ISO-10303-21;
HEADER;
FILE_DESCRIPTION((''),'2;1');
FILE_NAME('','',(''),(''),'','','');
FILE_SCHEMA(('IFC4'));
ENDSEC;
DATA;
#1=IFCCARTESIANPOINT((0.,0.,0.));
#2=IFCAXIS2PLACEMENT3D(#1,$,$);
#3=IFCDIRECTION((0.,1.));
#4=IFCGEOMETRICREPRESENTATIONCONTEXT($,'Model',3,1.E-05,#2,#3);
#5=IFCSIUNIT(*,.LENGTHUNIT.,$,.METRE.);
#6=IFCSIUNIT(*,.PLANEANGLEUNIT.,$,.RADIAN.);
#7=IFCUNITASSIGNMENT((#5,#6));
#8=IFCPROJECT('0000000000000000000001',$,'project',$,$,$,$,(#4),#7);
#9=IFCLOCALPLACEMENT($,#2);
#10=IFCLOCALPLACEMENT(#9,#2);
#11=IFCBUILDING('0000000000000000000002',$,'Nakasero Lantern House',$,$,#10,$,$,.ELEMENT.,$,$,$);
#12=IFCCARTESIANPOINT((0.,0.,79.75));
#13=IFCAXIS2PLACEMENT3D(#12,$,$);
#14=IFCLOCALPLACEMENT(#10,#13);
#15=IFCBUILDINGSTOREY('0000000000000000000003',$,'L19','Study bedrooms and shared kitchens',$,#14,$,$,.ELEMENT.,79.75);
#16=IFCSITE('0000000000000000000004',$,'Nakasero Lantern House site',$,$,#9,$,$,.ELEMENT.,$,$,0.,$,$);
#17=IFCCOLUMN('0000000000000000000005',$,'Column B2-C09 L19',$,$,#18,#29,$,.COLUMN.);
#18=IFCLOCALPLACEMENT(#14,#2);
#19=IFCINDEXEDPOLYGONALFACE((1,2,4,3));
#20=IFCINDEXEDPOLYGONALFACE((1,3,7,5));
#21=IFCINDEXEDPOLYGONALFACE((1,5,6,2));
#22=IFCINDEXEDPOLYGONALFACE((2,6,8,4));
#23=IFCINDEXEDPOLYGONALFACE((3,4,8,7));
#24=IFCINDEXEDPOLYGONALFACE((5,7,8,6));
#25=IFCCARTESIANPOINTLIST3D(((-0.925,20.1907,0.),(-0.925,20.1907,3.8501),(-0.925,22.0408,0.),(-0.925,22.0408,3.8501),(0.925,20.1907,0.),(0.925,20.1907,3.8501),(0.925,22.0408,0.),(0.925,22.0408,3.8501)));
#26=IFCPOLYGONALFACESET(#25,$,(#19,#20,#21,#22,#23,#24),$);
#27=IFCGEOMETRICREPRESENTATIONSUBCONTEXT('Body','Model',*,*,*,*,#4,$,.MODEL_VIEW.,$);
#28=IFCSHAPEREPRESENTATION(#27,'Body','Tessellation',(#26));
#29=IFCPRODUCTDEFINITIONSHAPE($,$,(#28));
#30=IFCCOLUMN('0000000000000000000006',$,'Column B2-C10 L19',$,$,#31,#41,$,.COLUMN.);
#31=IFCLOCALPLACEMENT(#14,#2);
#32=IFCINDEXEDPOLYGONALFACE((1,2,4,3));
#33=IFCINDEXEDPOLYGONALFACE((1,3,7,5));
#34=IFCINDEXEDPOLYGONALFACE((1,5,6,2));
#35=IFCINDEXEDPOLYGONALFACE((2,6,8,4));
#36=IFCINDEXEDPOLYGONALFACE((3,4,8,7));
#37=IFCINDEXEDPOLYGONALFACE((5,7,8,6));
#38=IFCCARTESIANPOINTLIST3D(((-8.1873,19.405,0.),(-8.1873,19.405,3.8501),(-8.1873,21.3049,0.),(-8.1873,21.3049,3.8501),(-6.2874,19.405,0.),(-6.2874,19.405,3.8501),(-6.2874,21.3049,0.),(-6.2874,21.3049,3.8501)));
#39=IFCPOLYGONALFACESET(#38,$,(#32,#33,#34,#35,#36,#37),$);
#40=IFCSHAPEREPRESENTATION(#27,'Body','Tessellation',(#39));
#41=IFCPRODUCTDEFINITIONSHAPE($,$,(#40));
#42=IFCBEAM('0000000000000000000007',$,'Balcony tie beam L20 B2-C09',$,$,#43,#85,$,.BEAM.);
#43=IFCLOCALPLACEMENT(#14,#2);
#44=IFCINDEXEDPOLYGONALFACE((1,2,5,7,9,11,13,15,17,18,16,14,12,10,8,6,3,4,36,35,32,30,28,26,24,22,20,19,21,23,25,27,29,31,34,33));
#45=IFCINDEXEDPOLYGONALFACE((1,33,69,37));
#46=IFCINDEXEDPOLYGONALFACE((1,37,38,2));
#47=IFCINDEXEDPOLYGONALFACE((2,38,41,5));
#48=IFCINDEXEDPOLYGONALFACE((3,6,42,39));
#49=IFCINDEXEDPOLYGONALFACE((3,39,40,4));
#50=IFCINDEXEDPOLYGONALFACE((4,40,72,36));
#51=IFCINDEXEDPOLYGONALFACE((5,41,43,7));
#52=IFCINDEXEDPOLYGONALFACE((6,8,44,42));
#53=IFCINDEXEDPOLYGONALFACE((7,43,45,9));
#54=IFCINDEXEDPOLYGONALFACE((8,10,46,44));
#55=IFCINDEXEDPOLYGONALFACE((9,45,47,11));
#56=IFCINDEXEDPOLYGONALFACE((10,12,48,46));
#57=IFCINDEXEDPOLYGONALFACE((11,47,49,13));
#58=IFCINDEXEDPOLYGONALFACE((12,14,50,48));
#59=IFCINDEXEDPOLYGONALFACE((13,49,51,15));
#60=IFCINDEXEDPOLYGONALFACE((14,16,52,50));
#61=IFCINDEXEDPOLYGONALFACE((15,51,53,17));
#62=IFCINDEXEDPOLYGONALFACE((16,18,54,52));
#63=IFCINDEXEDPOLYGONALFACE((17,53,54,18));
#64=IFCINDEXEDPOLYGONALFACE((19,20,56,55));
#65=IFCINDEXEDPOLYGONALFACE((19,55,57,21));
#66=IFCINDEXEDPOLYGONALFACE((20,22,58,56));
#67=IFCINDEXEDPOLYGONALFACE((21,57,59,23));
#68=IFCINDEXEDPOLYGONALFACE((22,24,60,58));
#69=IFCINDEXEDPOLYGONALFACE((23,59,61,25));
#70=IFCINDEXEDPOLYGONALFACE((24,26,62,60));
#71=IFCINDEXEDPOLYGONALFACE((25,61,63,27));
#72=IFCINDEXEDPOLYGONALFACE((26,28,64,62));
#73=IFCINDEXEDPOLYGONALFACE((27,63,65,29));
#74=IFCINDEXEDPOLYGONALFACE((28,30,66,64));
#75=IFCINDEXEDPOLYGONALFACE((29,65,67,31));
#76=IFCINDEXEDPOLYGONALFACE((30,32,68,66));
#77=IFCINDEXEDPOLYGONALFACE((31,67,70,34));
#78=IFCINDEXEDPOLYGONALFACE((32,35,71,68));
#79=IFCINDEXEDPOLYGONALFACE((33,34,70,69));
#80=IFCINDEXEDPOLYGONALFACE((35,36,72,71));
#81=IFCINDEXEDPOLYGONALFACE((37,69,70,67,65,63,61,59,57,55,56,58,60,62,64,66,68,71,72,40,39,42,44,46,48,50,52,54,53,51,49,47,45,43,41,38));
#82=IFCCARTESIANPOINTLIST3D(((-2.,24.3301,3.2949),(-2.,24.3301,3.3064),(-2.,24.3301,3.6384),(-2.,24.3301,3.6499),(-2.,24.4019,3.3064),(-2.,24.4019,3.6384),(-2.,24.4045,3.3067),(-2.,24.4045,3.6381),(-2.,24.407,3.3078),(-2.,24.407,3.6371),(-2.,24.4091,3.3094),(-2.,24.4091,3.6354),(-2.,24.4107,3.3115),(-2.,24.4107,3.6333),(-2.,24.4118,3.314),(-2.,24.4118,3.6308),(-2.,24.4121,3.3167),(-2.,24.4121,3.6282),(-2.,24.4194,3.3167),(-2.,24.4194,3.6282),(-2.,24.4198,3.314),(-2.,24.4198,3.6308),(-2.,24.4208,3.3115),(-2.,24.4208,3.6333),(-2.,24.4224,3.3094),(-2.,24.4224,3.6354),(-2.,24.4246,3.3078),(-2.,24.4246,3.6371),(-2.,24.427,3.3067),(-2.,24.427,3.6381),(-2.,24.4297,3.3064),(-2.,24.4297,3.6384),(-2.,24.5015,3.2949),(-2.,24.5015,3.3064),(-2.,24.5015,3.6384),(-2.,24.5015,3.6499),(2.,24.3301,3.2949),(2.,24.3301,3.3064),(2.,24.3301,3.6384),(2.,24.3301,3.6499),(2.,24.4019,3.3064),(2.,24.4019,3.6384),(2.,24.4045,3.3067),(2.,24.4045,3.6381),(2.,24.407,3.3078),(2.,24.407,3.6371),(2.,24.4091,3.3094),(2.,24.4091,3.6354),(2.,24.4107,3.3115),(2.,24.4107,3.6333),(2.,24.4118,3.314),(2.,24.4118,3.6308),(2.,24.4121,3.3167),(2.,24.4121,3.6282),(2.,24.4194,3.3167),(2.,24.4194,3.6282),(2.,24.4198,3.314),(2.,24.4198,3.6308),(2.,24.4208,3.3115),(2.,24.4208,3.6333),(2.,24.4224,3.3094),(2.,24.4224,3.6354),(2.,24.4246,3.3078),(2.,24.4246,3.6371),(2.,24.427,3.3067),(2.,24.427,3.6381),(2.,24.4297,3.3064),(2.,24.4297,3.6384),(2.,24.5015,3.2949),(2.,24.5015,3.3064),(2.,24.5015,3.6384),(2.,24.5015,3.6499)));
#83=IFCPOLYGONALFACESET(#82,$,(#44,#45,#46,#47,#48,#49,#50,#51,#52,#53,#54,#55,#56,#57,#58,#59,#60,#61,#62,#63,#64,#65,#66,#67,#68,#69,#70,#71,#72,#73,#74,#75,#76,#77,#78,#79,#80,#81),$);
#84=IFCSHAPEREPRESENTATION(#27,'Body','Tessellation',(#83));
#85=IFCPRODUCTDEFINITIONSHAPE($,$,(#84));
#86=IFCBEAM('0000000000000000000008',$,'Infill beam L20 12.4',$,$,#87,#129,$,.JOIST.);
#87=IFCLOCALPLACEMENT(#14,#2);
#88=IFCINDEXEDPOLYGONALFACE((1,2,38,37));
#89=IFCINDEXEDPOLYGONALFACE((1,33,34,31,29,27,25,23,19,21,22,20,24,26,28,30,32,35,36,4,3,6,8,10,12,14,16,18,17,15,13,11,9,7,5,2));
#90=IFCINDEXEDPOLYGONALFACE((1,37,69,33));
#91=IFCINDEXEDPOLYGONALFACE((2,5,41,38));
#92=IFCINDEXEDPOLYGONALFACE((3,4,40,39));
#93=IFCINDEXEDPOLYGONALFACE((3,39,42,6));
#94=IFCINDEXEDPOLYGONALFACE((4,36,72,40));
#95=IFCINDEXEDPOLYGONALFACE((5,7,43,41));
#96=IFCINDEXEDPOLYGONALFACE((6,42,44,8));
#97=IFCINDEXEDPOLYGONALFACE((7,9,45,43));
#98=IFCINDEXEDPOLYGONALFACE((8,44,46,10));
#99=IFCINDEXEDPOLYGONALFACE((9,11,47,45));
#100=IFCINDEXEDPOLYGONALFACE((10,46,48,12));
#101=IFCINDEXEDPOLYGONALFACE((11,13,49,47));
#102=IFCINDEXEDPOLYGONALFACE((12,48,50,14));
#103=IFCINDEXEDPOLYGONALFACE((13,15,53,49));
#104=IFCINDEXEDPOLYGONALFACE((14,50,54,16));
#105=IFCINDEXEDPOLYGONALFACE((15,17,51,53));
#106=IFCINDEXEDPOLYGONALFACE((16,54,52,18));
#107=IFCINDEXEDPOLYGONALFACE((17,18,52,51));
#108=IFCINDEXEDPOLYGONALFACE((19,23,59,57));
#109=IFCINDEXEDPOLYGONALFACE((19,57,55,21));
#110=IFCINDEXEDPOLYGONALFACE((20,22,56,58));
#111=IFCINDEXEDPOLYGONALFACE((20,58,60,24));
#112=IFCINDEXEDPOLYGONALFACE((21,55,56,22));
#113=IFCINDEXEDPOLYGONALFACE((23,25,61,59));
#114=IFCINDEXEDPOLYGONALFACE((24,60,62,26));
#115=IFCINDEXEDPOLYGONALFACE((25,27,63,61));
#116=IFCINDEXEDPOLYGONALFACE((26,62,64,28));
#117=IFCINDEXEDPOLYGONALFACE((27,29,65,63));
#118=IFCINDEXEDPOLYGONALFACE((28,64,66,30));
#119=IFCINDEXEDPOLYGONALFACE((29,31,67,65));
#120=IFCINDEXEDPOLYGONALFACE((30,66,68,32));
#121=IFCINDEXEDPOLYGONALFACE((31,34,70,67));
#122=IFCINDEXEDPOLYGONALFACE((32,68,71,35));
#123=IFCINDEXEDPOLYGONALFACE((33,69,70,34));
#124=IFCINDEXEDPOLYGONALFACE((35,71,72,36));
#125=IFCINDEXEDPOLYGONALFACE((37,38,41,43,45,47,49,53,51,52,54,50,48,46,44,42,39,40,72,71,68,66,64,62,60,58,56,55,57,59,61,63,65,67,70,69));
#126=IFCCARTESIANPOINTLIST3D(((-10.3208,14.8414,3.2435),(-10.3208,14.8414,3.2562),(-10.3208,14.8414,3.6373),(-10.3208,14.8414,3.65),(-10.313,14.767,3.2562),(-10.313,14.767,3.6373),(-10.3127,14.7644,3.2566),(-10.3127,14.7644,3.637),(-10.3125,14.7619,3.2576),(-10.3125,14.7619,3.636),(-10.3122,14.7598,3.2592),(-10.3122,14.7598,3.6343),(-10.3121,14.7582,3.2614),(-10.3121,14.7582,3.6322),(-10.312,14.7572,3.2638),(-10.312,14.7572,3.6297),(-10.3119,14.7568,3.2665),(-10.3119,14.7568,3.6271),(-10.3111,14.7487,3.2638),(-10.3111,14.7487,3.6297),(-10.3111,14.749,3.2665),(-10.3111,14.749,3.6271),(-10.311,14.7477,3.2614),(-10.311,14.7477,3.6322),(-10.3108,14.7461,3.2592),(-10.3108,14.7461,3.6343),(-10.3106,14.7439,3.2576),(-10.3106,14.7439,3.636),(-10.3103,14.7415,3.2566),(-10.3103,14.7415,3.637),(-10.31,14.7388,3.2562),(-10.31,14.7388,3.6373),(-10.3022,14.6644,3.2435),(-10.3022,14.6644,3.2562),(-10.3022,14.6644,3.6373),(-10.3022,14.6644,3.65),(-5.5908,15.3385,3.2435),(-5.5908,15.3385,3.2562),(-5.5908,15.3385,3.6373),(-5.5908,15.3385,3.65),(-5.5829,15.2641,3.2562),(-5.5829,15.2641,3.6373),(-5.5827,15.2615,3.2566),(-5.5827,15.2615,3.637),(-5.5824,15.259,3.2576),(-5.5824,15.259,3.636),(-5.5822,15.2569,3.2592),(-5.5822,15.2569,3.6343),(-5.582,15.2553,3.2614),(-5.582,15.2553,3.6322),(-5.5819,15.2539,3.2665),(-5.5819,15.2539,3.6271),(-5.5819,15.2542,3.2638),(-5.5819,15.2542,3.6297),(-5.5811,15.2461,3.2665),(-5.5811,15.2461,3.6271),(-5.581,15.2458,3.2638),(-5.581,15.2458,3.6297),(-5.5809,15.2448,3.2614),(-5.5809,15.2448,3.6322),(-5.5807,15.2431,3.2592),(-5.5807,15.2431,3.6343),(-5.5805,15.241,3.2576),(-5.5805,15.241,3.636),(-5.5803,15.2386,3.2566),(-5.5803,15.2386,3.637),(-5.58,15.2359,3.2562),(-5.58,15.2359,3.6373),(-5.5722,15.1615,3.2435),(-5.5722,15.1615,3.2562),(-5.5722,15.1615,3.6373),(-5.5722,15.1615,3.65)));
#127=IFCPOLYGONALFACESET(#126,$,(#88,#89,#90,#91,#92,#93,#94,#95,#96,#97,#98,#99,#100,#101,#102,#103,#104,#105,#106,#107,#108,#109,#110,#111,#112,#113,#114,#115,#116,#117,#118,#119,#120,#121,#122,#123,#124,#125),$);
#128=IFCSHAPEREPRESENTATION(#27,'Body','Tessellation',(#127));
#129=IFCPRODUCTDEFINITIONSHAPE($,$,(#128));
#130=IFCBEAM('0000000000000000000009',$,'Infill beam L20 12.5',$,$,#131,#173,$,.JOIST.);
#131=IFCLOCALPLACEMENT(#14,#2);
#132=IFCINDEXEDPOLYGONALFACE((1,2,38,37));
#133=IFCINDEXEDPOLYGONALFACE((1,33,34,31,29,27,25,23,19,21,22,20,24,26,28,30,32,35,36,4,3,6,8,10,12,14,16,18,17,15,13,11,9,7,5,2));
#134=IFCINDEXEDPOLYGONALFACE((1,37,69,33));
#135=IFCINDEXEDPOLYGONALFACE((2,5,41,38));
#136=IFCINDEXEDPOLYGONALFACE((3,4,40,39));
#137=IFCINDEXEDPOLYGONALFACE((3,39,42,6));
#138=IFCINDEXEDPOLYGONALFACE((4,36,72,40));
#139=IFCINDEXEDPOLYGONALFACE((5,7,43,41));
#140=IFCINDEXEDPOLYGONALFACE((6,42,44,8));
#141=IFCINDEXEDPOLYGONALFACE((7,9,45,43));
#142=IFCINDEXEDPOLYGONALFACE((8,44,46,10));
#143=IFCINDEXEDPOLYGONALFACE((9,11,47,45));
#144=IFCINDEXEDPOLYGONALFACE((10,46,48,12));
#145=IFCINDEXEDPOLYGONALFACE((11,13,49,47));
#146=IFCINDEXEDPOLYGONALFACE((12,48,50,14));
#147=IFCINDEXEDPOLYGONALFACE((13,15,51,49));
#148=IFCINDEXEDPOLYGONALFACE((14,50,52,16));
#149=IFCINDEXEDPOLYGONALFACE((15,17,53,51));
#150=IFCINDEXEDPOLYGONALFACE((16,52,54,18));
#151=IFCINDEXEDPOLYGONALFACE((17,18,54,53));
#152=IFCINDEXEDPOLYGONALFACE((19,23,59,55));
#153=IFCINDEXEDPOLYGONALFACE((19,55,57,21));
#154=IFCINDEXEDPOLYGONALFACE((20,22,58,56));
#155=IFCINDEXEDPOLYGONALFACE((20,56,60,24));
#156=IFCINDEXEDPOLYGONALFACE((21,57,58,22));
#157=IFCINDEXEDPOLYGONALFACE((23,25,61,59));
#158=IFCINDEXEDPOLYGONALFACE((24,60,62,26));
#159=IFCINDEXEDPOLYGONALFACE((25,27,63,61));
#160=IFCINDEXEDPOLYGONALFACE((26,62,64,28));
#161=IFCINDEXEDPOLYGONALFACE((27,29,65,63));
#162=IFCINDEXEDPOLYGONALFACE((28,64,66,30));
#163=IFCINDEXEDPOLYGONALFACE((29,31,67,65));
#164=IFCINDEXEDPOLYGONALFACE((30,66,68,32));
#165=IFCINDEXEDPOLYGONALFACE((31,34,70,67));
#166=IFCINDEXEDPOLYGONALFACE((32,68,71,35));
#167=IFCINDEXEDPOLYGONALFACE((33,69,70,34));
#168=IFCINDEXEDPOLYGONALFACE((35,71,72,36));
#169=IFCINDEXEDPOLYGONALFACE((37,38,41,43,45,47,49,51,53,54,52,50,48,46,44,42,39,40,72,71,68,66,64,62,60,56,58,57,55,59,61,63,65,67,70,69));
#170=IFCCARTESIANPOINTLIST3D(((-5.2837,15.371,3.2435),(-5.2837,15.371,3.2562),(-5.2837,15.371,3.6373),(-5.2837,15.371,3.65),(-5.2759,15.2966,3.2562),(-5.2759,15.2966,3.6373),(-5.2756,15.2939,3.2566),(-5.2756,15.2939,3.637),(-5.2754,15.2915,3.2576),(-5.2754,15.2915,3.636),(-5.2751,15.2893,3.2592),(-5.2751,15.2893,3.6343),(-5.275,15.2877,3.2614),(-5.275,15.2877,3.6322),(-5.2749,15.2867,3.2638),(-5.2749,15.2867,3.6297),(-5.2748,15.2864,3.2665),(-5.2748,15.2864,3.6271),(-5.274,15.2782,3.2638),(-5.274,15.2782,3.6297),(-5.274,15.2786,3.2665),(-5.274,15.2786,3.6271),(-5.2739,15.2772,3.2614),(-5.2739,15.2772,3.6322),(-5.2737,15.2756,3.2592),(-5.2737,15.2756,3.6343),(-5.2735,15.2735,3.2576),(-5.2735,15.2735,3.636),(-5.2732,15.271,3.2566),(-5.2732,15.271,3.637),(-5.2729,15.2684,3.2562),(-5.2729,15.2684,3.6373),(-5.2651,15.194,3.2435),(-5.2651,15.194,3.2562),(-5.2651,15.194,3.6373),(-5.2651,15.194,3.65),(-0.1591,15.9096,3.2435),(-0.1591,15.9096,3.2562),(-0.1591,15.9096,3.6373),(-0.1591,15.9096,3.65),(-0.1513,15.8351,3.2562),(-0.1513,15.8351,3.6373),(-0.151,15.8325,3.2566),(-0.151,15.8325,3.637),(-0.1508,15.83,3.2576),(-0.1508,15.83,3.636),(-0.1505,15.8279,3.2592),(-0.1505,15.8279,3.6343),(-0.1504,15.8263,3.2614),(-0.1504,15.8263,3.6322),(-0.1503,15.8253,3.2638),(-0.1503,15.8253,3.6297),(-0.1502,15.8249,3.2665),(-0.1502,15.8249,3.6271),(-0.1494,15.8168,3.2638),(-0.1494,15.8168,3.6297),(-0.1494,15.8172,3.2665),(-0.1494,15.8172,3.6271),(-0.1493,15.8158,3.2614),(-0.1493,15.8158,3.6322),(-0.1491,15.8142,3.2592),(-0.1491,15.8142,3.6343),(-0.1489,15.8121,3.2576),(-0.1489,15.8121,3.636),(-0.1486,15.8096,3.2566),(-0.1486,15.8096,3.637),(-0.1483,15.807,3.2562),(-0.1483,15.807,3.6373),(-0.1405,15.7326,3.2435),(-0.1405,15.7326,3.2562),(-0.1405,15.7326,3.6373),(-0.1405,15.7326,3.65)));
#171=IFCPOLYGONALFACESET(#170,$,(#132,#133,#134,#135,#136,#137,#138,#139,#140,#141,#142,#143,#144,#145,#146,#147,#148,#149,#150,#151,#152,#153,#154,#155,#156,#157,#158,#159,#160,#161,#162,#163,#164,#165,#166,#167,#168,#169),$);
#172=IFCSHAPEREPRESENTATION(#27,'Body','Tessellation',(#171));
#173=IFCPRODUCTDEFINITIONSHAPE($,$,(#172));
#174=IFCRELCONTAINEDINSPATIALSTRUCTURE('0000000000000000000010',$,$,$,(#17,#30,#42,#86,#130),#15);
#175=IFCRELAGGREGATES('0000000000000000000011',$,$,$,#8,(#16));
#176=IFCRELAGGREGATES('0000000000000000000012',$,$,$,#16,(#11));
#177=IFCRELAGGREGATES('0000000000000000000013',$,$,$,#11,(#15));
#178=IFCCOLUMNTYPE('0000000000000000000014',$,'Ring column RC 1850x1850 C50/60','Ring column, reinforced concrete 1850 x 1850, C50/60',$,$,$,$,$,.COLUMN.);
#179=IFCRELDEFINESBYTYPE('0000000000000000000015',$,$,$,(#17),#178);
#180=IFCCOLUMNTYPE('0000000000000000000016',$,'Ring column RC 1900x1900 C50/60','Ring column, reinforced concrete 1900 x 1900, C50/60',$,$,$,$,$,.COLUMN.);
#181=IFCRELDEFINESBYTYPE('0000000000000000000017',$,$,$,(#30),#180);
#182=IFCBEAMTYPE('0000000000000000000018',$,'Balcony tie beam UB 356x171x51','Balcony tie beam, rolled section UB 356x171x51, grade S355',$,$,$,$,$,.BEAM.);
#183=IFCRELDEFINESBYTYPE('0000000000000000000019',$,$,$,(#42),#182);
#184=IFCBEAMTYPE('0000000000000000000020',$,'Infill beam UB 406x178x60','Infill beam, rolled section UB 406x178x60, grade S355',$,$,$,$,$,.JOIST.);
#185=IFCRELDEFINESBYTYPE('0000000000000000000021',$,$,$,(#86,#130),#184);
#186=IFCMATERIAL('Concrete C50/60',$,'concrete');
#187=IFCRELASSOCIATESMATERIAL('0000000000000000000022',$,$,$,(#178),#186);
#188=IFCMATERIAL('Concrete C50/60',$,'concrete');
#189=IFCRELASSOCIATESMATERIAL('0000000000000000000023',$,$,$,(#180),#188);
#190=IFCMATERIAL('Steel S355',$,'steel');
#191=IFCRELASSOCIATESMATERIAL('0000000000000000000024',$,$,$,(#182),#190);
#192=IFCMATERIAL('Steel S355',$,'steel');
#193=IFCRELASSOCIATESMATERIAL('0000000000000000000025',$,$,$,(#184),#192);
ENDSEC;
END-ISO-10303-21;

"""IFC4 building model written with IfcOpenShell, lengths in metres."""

from ifc_helpers import new_model, si_unit, direction, frame, origin, origin_2d, place, context, subcontext, project, spatial, rectangle, i_section, extrude, material, material_profile, profile_set, type_object, element, save


model = new_model("IFC4")

# Units and contexts
model_context = context("Model", 3, precision=1e-05, world=origin(), true_north=direction((0.0, 1.0)))
body_context = subcontext(model_context, "Body", "Model", "MODEL_VIEW")
ifc_project = project(units=[si_unit("LENGTHUNIT", "METRE"), si_unit("PLANEANGLEUNIT", "RADIAN")], contexts=[model_context])

# Site, building, storey
site_placement = place(None, origin())
site = spatial("IfcSite", under=ifc_project, at=site_placement, Name="Nakasero Lantern House site", CompositionType="ELEMENT", RefElevation=0.0)
building_placement = place(site_placement, origin())
building = spatial("IfcBuilding", under=site, at=building_placement, Name="Nakasero Lantern House", CompositionType="ELEMENT")
storey_placement = place(building_placement, frame((0.0, 0.0, 79.75)))
storey = spatial("IfcBuildingStorey", under=building, at=storey_placement, Name="L19", Description="Study bedrooms and shared kitchens", CompositionType="ELEMENT", Elevation=79.75)

# Columns
ifc_material_1 = material(Name="Concrete C50/60", Category="concrete")
ifc_material_profile_1 = material_profile(ifc_material_1, rectangle(XDim=1.8501, YDim=1.8501, at=origin_2d()), Name="RC 1850x1850")
ifc_profile_set_1 = profile_set([ifc_material_profile_1], Name="Concrete C50/60")
column_type_1 = type_object("IfcColumnType", Name="Ring column RC 1850x1850 C50/60", Description="Ring column, reinforced concrete 1850 x 1850, C50/60", PredefinedType="COLUMN", material=ifc_profile_set_1)
column_1_placement = place(storey_placement, frame((0.0, 21.1157, 0.0), z_axis=(0.0, 0.0, 1.0), x_axis=(1.0, 0.0, 0.0)))
element("IfcColumn", 1, at=column_1_placement, inside=storey, type_object=column_type_1, Name="Column B2-C09 L19", PredefinedType="COLUMN", context=body_context, shape_type="SweptSolid", body=[
    extrude(rectangle(XDim=1.8501, YDim=1.8501, at=origin_2d()), origin(), (0.0, 0.0, 1.0), 3.8501),
])
ifc_material_2 = material(Name="Concrete C50/60", Category="concrete")
ifc_material_profile_2 = material_profile(ifc_material_2, rectangle(XDim=1.8999, YDim=1.8999, at=origin_2d()), Name="RC 1900x1900")
ifc_profile_set_2 = profile_set([ifc_material_profile_2], Name="Concrete C50/60")
column_type_2 = type_object("IfcColumnType", Name="Ring column RC 1900x1900 C50/60", Description="Ring column, reinforced concrete 1900 x 1900, C50/60", PredefinedType="COLUMN", material=ifc_profile_set_2)
column_2_placement = place(storey_placement, frame((-7.2373, 20.355, 0.0), z_axis=(0.0, 0.0, 1.0), x_axis=(1.0, 0.0, 0.0)))
element("IfcColumn", 2, at=column_2_placement, inside=storey, type_object=column_type_2, Name="Column B2-C10 L19", PredefinedType="COLUMN", context=body_context, shape_type="SweptSolid", body=[
    extrude(rectangle(XDim=1.8999, YDim=1.8999, at=origin_2d()), origin(), (0.0, 0.0, 1.0), 3.8501),
])

# Beams
ifc_material_3 = material(Name="Steel S355", Category="steel")
ifc_material_profile_3 = material_profile(ifc_material_3, i_section(OverallWidth=0.1714, OverallDepth=0.355, WebThickness=0.0073, FlangeThickness=0.0115, FilletRadius=0.0103, at=origin_2d()), Name="UB 356x171x51")
ifc_profile_set_3 = profile_set([ifc_material_profile_3], Name="Steel S355")
beam_type_1 = type_object("IfcBeamType", Name="Balcony tie beam UB 356x171x51", Description="Balcony tie beam, rolled section UB 356x171x51, grade S355", PredefinedType="BEAM", material=ifc_profile_set_3)
beam_1_placement = place(storey_placement, frame((-2.0, 24.4158, 3.4724), z_axis=(1.0, 0.0, 0.0), x_axis=(0.0, 1.0, 0.0)))
element("IfcBeam", 3, at=beam_1_placement, inside=storey, type_object=beam_type_1, Name="Balcony tie beam L20 B2-C09", PredefinedType="BEAM", context=body_context, shape_type="SweptSolid", body=[
    extrude(i_section(OverallWidth=0.1714, OverallDepth=0.355, WebThickness=0.0073, FlangeThickness=0.0115, FilletRadius=0.0103, at=origin_2d()), origin(), (0.0, 0.0, 1.0), 4.0),
])
ifc_material_4 = material(Name="Steel S355", Category="steel")
ifc_material_profile_4 = material_profile(ifc_material_4, i_section(OverallWidth=0.178, OverallDepth=0.4065, WebThickness=0.0078, FlangeThickness=0.0127, FilletRadius=0.0103, at=origin_2d()), Name="UB 406x178x60")
ifc_profile_set_4 = profile_set([ifc_material_profile_4], Name="Steel S355")
beam_type_2 = type_object("IfcBeamType", Name="Infill beam UB 406x178x60", Description="Infill beam, rolled section UB 406x178x60, grade S355", PredefinedType="JOIST", material=ifc_profile_set_4)
beam_2_placement = place(storey_placement, frame((-10.3115, 14.7529, 3.4468), z_axis=(0.994523, 0.104514, 0.0), x_axis=(-0.104514, 0.994523, 0.0)))
element("IfcBeam", 4, at=beam_2_placement, inside=storey, type_object=beam_type_2, Name="Infill beam L20 12.4", PredefinedType="JOIST", context=body_context, shape_type="SweptSolid", body=[
    extrude(i_section(OverallWidth=0.178, OverallDepth=0.4065, WebThickness=0.0078, FlangeThickness=0.0127, FilletRadius=0.0103, at=origin_2d()), origin(), (0.0, 0.0, 1.0), 4.7561),
])
beam_3_placement = place(storey_placement, frame((-5.2744, 15.2825, 3.4468), z_axis=(0.994523, 0.104522, 0.0), x_axis=(-0.104522, 0.994523, 0.0)))
element("IfcBeam", 5, at=beam_3_placement, inside=storey, type_object=beam_type_2, Name="Infill beam L20 12.5", PredefinedType="JOIST", context=body_context, shape_type="SweptSolid", body=[
    extrude(i_section(OverallWidth=0.178, OverallDepth=0.4065, WebThickness=0.0078, FlangeThickness=0.0127, FilletRadius=0.0103, at=origin_2d()), origin(), (0.0, 0.0, 1.0), 5.1528),
])

save(model, "model.ifc")
